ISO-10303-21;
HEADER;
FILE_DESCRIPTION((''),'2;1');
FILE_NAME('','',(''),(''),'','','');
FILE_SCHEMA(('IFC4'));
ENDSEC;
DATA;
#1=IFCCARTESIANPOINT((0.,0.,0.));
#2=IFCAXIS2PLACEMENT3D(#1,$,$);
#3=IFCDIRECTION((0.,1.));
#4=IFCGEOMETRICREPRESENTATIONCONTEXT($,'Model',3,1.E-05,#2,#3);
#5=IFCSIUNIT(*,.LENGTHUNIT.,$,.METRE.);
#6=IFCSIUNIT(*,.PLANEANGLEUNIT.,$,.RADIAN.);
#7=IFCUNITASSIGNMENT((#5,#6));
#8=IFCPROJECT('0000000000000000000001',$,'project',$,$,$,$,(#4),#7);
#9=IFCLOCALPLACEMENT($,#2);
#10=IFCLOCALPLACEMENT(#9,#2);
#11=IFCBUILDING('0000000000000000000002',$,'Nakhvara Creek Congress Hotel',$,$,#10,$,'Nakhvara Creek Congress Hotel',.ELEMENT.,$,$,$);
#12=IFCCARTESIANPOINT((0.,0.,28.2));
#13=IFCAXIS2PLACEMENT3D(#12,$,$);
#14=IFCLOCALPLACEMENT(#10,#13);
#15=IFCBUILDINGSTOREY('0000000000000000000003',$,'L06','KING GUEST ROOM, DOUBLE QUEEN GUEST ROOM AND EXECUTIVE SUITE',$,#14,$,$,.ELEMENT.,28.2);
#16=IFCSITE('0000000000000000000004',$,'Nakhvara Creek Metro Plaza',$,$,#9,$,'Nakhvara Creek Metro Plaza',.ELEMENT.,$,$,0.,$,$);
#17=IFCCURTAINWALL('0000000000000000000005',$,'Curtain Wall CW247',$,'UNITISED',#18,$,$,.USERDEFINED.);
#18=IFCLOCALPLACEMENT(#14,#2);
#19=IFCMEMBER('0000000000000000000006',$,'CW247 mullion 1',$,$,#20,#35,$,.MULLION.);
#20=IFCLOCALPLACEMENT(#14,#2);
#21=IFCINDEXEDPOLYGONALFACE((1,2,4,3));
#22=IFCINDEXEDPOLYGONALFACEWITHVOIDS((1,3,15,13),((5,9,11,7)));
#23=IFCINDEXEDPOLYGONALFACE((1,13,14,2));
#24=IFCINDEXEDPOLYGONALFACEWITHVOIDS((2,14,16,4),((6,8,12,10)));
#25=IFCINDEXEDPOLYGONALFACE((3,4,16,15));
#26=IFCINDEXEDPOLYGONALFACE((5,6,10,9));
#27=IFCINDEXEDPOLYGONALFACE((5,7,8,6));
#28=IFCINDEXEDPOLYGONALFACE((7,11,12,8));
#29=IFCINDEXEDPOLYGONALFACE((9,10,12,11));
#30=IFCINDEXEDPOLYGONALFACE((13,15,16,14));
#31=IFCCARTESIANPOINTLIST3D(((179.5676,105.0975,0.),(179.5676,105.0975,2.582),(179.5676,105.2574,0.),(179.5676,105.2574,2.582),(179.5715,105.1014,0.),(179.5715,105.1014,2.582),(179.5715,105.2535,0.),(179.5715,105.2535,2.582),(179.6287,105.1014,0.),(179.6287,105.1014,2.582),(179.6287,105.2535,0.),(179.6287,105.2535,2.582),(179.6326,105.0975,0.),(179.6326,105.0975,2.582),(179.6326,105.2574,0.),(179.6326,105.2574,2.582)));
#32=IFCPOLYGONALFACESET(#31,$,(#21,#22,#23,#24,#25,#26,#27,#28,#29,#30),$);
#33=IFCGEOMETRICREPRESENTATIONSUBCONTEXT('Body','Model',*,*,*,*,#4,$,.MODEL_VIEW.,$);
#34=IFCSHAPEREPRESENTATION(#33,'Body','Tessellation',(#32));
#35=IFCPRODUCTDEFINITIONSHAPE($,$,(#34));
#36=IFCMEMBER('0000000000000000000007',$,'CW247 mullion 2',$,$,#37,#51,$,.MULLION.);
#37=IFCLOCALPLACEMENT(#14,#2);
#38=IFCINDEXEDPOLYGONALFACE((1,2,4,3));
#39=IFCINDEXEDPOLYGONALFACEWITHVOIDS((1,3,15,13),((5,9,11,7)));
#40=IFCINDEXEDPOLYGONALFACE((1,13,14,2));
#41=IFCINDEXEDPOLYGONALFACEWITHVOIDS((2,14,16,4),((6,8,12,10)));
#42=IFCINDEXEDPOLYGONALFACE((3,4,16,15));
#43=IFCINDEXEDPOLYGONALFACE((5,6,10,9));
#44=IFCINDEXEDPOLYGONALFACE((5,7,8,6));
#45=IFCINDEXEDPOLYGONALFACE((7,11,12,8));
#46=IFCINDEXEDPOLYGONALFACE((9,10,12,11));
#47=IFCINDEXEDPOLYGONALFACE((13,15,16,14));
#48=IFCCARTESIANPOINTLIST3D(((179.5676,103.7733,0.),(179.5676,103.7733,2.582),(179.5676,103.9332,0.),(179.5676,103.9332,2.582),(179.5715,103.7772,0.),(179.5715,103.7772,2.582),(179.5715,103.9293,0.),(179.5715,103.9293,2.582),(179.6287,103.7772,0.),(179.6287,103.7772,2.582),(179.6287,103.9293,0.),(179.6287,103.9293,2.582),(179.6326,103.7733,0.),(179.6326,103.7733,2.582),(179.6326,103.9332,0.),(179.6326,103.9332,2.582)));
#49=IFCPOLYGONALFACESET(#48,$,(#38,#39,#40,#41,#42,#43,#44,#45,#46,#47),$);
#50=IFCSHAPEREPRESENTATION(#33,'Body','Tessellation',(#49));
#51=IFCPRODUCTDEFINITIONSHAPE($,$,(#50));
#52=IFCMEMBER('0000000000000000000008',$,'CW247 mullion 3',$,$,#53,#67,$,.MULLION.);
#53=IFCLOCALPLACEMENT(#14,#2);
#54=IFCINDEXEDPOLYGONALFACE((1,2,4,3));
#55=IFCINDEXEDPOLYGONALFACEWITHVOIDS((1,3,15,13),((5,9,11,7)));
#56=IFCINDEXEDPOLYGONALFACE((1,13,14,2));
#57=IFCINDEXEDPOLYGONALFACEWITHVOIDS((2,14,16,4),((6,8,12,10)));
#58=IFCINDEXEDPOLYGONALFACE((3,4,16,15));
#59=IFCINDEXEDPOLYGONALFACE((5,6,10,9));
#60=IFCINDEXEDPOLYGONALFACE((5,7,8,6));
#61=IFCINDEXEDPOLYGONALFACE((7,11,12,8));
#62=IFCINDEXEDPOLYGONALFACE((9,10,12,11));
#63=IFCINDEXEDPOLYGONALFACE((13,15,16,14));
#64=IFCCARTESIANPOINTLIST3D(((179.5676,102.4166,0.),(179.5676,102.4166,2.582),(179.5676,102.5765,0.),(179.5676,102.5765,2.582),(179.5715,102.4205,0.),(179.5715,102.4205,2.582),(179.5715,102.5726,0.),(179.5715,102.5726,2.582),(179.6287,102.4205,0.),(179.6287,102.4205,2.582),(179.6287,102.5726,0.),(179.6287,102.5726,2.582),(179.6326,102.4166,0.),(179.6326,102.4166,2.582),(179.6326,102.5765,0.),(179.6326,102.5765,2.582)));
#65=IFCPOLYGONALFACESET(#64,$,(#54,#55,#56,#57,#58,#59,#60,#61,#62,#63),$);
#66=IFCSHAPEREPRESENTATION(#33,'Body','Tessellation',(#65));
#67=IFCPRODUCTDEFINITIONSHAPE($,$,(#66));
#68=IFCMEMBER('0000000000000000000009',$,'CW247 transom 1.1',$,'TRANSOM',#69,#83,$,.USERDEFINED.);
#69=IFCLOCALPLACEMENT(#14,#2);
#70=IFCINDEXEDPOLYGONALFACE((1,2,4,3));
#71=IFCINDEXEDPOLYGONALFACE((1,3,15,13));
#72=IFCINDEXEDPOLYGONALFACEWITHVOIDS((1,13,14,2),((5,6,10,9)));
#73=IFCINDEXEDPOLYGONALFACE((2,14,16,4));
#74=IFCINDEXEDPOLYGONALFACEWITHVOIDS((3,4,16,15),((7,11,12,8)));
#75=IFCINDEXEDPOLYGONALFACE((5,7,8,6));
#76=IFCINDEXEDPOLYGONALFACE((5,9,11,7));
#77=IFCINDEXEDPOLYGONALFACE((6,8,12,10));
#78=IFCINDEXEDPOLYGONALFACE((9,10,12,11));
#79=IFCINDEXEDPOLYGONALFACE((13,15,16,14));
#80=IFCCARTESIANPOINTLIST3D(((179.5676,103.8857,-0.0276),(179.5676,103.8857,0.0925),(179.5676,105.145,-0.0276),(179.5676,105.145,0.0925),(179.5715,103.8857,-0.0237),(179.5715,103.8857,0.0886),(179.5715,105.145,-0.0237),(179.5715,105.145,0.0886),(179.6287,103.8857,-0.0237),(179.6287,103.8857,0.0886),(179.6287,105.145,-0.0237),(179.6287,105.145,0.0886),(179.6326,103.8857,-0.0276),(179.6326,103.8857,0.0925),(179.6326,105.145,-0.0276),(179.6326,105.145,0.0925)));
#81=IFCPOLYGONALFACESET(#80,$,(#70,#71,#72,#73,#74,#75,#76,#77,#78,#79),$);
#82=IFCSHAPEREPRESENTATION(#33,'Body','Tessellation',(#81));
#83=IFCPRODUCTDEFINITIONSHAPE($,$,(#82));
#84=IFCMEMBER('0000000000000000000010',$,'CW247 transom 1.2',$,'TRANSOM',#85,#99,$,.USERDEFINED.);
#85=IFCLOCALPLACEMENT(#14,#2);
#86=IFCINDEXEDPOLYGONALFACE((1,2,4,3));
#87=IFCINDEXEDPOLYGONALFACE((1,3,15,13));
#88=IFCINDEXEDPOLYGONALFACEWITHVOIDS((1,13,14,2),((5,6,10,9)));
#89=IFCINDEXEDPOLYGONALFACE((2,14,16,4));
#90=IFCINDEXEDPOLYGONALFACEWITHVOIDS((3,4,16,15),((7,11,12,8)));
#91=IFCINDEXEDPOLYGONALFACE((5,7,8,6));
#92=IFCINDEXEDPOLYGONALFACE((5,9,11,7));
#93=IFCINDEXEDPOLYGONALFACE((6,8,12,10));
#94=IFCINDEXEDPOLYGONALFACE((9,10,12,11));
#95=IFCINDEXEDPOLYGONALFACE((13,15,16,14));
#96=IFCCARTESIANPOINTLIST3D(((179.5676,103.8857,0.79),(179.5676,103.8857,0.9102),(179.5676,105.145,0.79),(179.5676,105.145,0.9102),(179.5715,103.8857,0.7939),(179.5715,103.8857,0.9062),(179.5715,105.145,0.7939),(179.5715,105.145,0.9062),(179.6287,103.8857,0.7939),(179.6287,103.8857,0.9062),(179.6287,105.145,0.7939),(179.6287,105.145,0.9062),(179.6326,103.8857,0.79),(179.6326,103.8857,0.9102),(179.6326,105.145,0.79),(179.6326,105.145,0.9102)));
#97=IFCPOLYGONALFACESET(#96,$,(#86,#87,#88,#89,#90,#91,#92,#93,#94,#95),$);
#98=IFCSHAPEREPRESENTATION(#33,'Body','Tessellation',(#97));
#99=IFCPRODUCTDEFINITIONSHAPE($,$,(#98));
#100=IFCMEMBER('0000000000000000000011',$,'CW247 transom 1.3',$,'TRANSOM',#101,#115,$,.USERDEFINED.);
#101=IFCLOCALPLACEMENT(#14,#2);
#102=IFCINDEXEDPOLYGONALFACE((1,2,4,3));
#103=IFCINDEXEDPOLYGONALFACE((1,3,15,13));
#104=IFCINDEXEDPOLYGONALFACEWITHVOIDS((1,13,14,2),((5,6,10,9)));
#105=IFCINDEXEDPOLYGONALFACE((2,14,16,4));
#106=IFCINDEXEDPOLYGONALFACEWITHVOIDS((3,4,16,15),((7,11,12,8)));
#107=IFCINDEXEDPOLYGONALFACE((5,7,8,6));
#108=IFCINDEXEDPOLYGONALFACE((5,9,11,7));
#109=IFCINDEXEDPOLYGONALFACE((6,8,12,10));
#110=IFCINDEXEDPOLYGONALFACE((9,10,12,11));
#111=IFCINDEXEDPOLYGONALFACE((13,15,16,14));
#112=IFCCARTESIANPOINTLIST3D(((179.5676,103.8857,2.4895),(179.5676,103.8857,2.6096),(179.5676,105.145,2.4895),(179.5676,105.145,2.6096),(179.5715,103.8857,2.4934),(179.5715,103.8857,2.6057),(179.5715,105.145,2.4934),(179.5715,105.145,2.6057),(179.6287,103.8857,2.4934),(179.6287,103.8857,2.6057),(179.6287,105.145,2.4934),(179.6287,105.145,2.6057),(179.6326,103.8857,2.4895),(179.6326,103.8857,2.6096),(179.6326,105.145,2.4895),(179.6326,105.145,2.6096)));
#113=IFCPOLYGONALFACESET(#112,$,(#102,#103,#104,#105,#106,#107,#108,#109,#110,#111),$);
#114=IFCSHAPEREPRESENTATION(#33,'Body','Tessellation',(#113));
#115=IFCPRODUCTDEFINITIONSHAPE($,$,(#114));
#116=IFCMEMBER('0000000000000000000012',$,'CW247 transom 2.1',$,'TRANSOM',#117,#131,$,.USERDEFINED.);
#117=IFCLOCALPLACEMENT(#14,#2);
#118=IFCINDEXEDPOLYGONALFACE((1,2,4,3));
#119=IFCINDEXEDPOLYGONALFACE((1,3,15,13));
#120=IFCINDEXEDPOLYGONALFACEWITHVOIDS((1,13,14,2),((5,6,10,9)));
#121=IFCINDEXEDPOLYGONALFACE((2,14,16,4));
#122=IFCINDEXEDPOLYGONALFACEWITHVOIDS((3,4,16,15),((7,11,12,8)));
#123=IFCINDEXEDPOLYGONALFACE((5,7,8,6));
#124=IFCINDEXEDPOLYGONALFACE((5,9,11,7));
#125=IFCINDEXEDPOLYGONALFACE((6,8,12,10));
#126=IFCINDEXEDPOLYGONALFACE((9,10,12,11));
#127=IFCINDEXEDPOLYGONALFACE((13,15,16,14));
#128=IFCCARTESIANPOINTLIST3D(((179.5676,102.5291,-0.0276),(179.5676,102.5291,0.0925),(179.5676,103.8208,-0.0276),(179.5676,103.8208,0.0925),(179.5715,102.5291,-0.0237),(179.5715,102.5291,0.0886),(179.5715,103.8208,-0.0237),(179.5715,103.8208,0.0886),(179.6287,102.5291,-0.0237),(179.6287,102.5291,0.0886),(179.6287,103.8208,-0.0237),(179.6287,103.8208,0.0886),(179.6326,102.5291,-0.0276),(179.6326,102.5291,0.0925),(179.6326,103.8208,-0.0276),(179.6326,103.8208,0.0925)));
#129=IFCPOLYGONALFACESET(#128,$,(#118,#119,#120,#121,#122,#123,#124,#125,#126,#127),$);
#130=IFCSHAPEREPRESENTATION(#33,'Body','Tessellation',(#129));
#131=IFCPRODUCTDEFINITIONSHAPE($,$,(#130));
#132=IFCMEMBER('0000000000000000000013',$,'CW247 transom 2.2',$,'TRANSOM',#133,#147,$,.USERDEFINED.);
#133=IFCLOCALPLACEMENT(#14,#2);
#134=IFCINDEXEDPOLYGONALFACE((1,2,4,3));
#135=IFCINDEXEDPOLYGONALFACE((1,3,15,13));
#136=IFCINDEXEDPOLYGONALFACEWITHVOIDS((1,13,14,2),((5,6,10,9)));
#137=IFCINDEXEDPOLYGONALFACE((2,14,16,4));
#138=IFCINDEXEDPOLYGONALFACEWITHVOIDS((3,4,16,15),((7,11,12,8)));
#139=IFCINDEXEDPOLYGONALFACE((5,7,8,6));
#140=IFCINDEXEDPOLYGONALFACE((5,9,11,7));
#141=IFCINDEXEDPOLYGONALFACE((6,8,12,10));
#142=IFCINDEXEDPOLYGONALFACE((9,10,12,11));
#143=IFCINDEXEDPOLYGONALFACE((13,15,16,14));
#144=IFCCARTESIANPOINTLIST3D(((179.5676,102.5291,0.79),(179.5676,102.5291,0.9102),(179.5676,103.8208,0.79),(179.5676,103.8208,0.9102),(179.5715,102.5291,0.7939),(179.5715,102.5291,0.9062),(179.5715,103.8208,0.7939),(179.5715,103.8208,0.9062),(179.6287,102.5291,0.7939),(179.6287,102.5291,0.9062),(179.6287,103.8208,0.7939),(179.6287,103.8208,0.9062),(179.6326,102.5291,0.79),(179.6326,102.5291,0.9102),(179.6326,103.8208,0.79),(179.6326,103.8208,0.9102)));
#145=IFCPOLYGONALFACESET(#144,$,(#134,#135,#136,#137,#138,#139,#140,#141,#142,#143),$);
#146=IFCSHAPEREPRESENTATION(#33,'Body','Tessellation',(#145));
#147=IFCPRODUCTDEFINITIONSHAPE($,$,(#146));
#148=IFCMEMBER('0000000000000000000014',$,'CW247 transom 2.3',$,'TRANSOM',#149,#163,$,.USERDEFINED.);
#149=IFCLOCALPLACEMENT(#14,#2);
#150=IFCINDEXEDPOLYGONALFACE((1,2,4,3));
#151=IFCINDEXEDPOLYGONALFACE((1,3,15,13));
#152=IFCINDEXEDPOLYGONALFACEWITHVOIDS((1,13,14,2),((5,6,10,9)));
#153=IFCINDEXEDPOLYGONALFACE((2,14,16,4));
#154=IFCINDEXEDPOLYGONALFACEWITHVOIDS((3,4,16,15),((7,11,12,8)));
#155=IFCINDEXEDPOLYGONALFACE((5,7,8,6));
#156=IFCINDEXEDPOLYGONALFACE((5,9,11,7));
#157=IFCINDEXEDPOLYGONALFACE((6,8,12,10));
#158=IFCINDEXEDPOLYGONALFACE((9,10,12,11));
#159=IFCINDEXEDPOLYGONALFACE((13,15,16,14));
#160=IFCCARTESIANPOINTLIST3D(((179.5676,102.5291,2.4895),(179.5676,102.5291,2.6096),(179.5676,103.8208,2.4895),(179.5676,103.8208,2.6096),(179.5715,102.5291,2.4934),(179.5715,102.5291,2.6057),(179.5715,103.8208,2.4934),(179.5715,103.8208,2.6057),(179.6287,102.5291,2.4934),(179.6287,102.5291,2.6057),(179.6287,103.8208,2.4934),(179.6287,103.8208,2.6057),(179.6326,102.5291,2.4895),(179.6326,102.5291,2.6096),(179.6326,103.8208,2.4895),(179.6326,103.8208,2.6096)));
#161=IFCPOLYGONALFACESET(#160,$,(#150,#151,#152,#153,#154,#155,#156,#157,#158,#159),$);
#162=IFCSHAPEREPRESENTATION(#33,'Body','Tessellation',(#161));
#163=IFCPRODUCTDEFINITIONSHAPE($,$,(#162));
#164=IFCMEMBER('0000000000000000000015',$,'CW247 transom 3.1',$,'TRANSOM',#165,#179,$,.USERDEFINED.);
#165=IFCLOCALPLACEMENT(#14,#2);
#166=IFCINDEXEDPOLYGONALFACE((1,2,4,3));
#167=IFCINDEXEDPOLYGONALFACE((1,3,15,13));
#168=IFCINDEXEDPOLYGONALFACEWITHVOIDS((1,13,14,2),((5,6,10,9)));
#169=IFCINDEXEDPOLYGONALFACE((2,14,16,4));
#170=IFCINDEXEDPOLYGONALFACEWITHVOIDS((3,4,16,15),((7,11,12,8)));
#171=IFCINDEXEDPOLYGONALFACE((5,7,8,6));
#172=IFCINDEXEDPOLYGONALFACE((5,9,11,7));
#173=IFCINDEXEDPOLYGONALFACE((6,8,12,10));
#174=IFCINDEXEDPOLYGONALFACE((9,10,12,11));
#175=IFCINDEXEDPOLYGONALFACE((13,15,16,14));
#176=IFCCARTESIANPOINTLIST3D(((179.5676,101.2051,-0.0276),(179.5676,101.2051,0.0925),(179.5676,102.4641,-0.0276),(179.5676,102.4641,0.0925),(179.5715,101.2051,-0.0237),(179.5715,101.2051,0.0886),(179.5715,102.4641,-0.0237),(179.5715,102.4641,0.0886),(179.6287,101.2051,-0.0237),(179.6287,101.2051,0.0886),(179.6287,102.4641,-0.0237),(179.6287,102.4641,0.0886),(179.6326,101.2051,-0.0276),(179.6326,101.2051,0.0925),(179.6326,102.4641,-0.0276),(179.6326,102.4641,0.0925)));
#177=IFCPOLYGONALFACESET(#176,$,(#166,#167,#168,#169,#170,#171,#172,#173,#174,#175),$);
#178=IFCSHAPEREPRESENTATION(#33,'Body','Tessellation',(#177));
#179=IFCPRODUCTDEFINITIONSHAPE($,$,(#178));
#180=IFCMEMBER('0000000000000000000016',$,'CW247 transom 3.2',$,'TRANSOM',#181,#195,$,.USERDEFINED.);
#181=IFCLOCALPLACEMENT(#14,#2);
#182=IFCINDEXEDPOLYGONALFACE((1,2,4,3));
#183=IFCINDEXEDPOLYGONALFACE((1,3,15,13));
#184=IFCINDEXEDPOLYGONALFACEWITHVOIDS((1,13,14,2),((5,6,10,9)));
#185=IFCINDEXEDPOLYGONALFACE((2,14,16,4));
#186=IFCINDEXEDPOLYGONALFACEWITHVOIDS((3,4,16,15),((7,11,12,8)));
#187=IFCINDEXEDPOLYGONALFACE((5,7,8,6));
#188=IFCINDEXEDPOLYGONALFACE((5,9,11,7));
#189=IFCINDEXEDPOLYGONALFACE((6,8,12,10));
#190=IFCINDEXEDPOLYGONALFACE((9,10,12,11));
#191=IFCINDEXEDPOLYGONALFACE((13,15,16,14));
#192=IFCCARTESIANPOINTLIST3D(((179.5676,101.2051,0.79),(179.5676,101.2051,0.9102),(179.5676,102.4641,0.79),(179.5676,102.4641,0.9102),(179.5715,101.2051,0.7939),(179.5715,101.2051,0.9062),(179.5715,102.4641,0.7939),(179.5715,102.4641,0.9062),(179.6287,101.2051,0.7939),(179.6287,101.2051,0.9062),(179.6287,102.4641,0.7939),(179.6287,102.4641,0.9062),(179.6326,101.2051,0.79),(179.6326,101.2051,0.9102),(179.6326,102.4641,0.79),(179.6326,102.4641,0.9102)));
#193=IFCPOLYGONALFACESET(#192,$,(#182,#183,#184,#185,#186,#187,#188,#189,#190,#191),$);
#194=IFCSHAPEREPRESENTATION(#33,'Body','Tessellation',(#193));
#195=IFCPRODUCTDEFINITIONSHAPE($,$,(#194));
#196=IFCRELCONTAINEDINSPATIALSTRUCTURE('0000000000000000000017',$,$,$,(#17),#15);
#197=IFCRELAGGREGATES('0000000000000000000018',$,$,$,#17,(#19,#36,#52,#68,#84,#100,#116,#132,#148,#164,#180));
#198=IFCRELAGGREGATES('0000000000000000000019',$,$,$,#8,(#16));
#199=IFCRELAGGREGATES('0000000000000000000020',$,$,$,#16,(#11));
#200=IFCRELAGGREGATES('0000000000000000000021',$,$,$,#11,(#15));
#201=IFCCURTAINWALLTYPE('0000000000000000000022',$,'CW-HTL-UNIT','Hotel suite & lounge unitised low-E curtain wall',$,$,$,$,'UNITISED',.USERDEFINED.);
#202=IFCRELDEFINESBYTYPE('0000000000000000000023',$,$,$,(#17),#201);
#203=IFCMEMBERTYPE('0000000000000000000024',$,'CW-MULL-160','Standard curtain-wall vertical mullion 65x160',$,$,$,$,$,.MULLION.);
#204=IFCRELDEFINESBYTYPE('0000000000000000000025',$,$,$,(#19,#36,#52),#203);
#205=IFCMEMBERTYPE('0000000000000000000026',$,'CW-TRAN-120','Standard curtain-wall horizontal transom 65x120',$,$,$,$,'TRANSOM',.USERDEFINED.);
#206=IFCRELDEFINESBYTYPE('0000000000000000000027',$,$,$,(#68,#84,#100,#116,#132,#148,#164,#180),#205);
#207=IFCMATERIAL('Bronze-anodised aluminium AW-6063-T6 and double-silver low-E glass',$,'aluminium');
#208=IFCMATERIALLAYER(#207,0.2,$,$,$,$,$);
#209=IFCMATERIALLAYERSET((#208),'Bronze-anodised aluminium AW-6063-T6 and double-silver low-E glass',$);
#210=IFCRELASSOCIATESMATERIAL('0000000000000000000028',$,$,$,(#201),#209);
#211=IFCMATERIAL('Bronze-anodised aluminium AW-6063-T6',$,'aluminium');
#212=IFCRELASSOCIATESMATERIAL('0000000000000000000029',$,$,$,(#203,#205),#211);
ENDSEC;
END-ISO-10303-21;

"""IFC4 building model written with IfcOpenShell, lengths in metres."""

from ifc_helpers import new_model, si_unit, direction, frame, origin, origin_2d, place, context, subcontext, project, spatial, hollow_rectangle, extrude, material, layer, layer_set, material_profile, profile_set, type_object, element, aggregate, save


model = new_model("IFC4")

# Units and contexts
model_context = context("Model", 3, precision=1e-05, world=origin(), true_north=direction((0.0, 1.0)))
body_context = subcontext(model_context, "Body", "Model", "MODEL_VIEW")
ifc_project = project(units=[si_unit("LENGTHUNIT", "METRE"), si_unit("PLANEANGLEUNIT", "RADIAN")], contexts=[model_context])

# Site, building, storey
site_placement = place(None, origin())
site = spatial("IfcSite", under=ifc_project, at=site_placement, Name="Nakhvara Creek Metro Plaza", LongName="Nakhvara Creek Metro Plaza", CompositionType="ELEMENT", RefElevation=0.0)
building_placement = place(site_placement, origin())
building = spatial("IfcBuilding", under=site, at=building_placement, Name="Nakhvara Creek Congress Hotel", LongName="Nakhvara Creek Congress Hotel", CompositionType="ELEMENT")
storey_placement = place(building_placement, frame((0.0, 0.0, 28.2)))
storey = spatial("IfcBuildingStorey", under=building, at=storey_placement, Name="L06", Description="KING GUEST ROOM, DOUBLE QUEEN GUEST ROOM AND EXECUTIVE SUITE", CompositionType="ELEMENT", Elevation=28.2)

# Curtain wall, members
ifc_material_1 = material(Name="Bronze-anodised aluminium AW-6063-T6 and double-silver low-E glass", Category="aluminium")
ifc_layer_1 = layer(ifc_material_1, 0.2)
ifc_layer_set_1 = layer_set([ifc_layer_1], Name="Bronze-anodised aluminium AW-6063-T6 and double-silver low-E glass")
curtain_wall_type = type_object("IfcCurtainWallType", Name="CW-HTL-UNIT", Description="Hotel suite & lounge unitised low-E curtain wall", ElementType="UNITISED", PredefinedType="USERDEFINED", material=ifc_layer_set_1)
curtain_wall_placement = place(storey_placement, origin())
curtain_wall = element("IfcCurtainWall", 1, at=curtain_wall_placement, inside=storey, type_object=curtain_wall_type, Name="Curtain Wall CW247", ObjectType="UNITISED", PredefinedType="USERDEFINED")
ifc_material_2 = material(Name="Bronze-anodised aluminium AW-6063-T6", Category="aluminium")
ifc_material_profile_1 = material_profile(ifc_material_2, hollow_rectangle(XDim=0.0649, YDim=0.1599, WallThickness=0.0039, at=origin_2d()), Name="ALU-MULL 65x160x4", Category="LoadBearing")
ifc_profile_set_1 = profile_set([ifc_material_profile_1], Name="Bronze-anodised aluminium AW-6063-T6")
member_type_1 = type_object("IfcMemberType", Name="CW-MULL-160", Description="Standard curtain-wall vertical mullion 65x160", PredefinedType="MULLION", material=ifc_profile_set_1)
member_1_placement = place(storey_placement, frame((179.6001, 105.1775, 0.0), z_axis=(0.0, 0.0, 1.0), x_axis=(1.0, 0.0, 0.0)))
member_1 = element("IfcMember", 2, at=member_1_placement, type_object=member_type_1, Name="CW247 mullion 1", PredefinedType="MULLION", context=body_context, shape_type="SweptSolid", body=[
    extrude(hollow_rectangle(XDim=0.0649, YDim=0.1599, WallThickness=0.0039, at=origin_2d()), origin(), (0.0, 0.0, 1.0), 2.582),
])
member_2_placement = place(storey_placement, frame((179.6001, 103.8533, 0.0), z_axis=(0.0, 0.0, 1.0), x_axis=(1.0, 0.0, 0.0)))
member_2 = element("IfcMember", 3, at=member_2_placement, type_object=member_type_1, Name="CW247 mullion 2", PredefinedType="MULLION", context=body_context, shape_type="SweptSolid", body=[
    extrude(hollow_rectangle(XDim=0.0649, YDim=0.1599, WallThickness=0.0039, at=origin_2d()), origin(), (0.0, 0.0, 1.0), 2.582),
])
member_3_placement = place(storey_placement, frame((179.6001, 102.4966, 0.0), z_axis=(0.0, 0.0, 1.0), x_axis=(1.0, 0.0, 0.0)))
member_3 = element("IfcMember", 4, at=member_3_placement, type_object=member_type_1, Name="CW247 mullion 3", PredefinedType="MULLION", context=body_context, shape_type="SweptSolid", body=[
    extrude(hollow_rectangle(XDim=0.0649, YDim=0.1599, WallThickness=0.0039, at=origin_2d()), origin(), (0.0, 0.0, 1.0), 2.582),
])
ifc_material_profile_2 = material_profile(ifc_material_2, hollow_rectangle(XDim=0.0649, YDim=0.1201, WallThickness=0.0039, at=origin_2d()), Name="ALU-TRAN 65x120x4", Category="LoadBearing")
ifc_profile_set_2 = profile_set([ifc_material_profile_2], Name="Bronze-anodised aluminium AW-6063-T6")
member_type_2 = type_object("IfcMemberType", Name="CW-TRAN-120", Description="Standard curtain-wall horizontal transom 65x120", ElementType="TRANSOM", PredefinedType="USERDEFINED", material=ifc_profile_set_2)
member_4_placement = place(storey_placement, frame((179.6001, 105.145, 0.0325), z_axis=(0.0, -1.0, 0.0), x_axis=(1.0, 0.0, 0.0)))
member_4 = element("IfcMember", 5, at=member_4_placement, type_object=member_type_2, Name="CW247 transom 1.1", ObjectType="TRANSOM", PredefinedType="USERDEFINED", context=body_context, shape_type="SweptSolid", body=[
    extrude(hollow_rectangle(XDim=0.0649, YDim=0.1201, WallThickness=0.0039, at=origin_2d()), origin(), (0.0, 0.0, 1.0), 1.2593),
])
member_5_placement = place(storey_placement, frame((179.6001, 105.145, 0.8501), z_axis=(0.0, -1.0, 0.0), x_axis=(1.0, 0.0, 0.0)))
member_5 = element("IfcMember", 6, at=member_5_placement, type_object=member_type_2, Name="CW247 transom 1.2", ObjectType="TRANSOM", PredefinedType="USERDEFINED", context=body_context, shape_type="SweptSolid", body=[
    extrude(hollow_rectangle(XDim=0.0649, YDim=0.1201, WallThickness=0.0039, at=origin_2d()), origin(), (0.0, 0.0, 1.0), 1.2593),
])
member_6_placement = place(storey_placement, frame((179.6001, 105.145, 2.5496), z_axis=(0.0, -1.0, 0.0), x_axis=(1.0, 0.0, 0.0)))
member_6 = element("IfcMember", 7, at=member_6_placement, type_object=member_type_2, Name="CW247 transom 1.3", ObjectType="TRANSOM", PredefinedType="USERDEFINED", context=body_context, shape_type="SweptSolid", body=[
    extrude(hollow_rectangle(XDim=0.0649, YDim=0.1201, WallThickness=0.0039, at=origin_2d()), origin(), (0.0, 0.0, 1.0), 1.2593),
])
member_7_placement = place(storey_placement, frame((179.6001, 103.8208, 0.0325), z_axis=(0.0, -1.0, 0.0), x_axis=(1.0, 0.0, 0.0)))
member_7 = element("IfcMember", 8, at=member_7_placement, type_object=member_type_2, Name="CW247 transom 2.1", ObjectType="TRANSOM", PredefinedType="USERDEFINED", context=body_context, shape_type="SweptSolid", body=[
    extrude(hollow_rectangle(XDim=0.0649, YDim=0.1201, WallThickness=0.0039, at=origin_2d()), origin(), (0.0, 0.0, 1.0), 1.2917),
])
member_8_placement = place(storey_placement, frame((179.6001, 103.8208, 0.8501), z_axis=(0.0, -1.0, 0.0), x_axis=(1.0, 0.0, 0.0)))
member_8 = element("IfcMember", 9, at=member_8_placement, type_object=member_type_2, Name="CW247 transom 2.2", ObjectType="TRANSOM", PredefinedType="USERDEFINED", context=body_context, shape_type="SweptSolid", body=[
    extrude(hollow_rectangle(XDim=0.0649, YDim=0.1201, WallThickness=0.0039, at=origin_2d()), origin(), (0.0, 0.0, 1.0), 1.2917),
])
member_9_placement = place(storey_placement, frame((179.6001, 103.8208, 2.5496), z_axis=(0.0, -1.0, 0.0), x_axis=(1.0, 0.0, 0.0)))
member_9 = element("IfcMember", 10, at=member_9_placement, type_object=member_type_2, Name="CW247 transom 2.3", ObjectType="TRANSOM", PredefinedType="USERDEFINED", context=body_context, shape_type="SweptSolid", body=[
    extrude(hollow_rectangle(XDim=0.0649, YDim=0.1201, WallThickness=0.0039, at=origin_2d()), origin(), (0.0, 0.0, 1.0), 1.2917),
])
member_10_placement = place(storey_placement, frame((179.6001, 102.4641, 0.0325), z_axis=(0.0, -1.0, 0.0), x_axis=(1.0, 0.0, 0.0)))
member_10 = element("IfcMember", 11, at=member_10_placement, type_object=member_type_2, Name="CW247 transom 3.1", ObjectType="TRANSOM", PredefinedType="USERDEFINED", context=body_context, shape_type="SweptSolid", body=[
    extrude(hollow_rectangle(XDim=0.0649, YDim=0.1201, WallThickness=0.0039, at=origin_2d()), origin(), (0.0, 0.0, 1.0), 1.259),
])
member_11_placement = place(storey_placement, frame((179.6001, 102.4641, 0.8501), z_axis=(0.0, -1.0, 0.0), x_axis=(1.0, 0.0, 0.0)))
member_11 = element("IfcMember", 12, at=member_11_placement, type_object=member_type_2, Name="CW247 transom 3.2", ObjectType="TRANSOM", PredefinedType="USERDEFINED", context=body_context, shape_type="SweptSolid", body=[
    extrude(hollow_rectangle(XDim=0.0649, YDim=0.1201, WallThickness=0.0039, at=origin_2d()), origin(), (0.0, 0.0, 1.0), 1.259),
])
aggregate(curtain_wall, [member_1, member_2, member_3, member_4, member_5, member_6, member_7, member_8, member_9, member_10, member_11])

save(model, "model.ifc")
